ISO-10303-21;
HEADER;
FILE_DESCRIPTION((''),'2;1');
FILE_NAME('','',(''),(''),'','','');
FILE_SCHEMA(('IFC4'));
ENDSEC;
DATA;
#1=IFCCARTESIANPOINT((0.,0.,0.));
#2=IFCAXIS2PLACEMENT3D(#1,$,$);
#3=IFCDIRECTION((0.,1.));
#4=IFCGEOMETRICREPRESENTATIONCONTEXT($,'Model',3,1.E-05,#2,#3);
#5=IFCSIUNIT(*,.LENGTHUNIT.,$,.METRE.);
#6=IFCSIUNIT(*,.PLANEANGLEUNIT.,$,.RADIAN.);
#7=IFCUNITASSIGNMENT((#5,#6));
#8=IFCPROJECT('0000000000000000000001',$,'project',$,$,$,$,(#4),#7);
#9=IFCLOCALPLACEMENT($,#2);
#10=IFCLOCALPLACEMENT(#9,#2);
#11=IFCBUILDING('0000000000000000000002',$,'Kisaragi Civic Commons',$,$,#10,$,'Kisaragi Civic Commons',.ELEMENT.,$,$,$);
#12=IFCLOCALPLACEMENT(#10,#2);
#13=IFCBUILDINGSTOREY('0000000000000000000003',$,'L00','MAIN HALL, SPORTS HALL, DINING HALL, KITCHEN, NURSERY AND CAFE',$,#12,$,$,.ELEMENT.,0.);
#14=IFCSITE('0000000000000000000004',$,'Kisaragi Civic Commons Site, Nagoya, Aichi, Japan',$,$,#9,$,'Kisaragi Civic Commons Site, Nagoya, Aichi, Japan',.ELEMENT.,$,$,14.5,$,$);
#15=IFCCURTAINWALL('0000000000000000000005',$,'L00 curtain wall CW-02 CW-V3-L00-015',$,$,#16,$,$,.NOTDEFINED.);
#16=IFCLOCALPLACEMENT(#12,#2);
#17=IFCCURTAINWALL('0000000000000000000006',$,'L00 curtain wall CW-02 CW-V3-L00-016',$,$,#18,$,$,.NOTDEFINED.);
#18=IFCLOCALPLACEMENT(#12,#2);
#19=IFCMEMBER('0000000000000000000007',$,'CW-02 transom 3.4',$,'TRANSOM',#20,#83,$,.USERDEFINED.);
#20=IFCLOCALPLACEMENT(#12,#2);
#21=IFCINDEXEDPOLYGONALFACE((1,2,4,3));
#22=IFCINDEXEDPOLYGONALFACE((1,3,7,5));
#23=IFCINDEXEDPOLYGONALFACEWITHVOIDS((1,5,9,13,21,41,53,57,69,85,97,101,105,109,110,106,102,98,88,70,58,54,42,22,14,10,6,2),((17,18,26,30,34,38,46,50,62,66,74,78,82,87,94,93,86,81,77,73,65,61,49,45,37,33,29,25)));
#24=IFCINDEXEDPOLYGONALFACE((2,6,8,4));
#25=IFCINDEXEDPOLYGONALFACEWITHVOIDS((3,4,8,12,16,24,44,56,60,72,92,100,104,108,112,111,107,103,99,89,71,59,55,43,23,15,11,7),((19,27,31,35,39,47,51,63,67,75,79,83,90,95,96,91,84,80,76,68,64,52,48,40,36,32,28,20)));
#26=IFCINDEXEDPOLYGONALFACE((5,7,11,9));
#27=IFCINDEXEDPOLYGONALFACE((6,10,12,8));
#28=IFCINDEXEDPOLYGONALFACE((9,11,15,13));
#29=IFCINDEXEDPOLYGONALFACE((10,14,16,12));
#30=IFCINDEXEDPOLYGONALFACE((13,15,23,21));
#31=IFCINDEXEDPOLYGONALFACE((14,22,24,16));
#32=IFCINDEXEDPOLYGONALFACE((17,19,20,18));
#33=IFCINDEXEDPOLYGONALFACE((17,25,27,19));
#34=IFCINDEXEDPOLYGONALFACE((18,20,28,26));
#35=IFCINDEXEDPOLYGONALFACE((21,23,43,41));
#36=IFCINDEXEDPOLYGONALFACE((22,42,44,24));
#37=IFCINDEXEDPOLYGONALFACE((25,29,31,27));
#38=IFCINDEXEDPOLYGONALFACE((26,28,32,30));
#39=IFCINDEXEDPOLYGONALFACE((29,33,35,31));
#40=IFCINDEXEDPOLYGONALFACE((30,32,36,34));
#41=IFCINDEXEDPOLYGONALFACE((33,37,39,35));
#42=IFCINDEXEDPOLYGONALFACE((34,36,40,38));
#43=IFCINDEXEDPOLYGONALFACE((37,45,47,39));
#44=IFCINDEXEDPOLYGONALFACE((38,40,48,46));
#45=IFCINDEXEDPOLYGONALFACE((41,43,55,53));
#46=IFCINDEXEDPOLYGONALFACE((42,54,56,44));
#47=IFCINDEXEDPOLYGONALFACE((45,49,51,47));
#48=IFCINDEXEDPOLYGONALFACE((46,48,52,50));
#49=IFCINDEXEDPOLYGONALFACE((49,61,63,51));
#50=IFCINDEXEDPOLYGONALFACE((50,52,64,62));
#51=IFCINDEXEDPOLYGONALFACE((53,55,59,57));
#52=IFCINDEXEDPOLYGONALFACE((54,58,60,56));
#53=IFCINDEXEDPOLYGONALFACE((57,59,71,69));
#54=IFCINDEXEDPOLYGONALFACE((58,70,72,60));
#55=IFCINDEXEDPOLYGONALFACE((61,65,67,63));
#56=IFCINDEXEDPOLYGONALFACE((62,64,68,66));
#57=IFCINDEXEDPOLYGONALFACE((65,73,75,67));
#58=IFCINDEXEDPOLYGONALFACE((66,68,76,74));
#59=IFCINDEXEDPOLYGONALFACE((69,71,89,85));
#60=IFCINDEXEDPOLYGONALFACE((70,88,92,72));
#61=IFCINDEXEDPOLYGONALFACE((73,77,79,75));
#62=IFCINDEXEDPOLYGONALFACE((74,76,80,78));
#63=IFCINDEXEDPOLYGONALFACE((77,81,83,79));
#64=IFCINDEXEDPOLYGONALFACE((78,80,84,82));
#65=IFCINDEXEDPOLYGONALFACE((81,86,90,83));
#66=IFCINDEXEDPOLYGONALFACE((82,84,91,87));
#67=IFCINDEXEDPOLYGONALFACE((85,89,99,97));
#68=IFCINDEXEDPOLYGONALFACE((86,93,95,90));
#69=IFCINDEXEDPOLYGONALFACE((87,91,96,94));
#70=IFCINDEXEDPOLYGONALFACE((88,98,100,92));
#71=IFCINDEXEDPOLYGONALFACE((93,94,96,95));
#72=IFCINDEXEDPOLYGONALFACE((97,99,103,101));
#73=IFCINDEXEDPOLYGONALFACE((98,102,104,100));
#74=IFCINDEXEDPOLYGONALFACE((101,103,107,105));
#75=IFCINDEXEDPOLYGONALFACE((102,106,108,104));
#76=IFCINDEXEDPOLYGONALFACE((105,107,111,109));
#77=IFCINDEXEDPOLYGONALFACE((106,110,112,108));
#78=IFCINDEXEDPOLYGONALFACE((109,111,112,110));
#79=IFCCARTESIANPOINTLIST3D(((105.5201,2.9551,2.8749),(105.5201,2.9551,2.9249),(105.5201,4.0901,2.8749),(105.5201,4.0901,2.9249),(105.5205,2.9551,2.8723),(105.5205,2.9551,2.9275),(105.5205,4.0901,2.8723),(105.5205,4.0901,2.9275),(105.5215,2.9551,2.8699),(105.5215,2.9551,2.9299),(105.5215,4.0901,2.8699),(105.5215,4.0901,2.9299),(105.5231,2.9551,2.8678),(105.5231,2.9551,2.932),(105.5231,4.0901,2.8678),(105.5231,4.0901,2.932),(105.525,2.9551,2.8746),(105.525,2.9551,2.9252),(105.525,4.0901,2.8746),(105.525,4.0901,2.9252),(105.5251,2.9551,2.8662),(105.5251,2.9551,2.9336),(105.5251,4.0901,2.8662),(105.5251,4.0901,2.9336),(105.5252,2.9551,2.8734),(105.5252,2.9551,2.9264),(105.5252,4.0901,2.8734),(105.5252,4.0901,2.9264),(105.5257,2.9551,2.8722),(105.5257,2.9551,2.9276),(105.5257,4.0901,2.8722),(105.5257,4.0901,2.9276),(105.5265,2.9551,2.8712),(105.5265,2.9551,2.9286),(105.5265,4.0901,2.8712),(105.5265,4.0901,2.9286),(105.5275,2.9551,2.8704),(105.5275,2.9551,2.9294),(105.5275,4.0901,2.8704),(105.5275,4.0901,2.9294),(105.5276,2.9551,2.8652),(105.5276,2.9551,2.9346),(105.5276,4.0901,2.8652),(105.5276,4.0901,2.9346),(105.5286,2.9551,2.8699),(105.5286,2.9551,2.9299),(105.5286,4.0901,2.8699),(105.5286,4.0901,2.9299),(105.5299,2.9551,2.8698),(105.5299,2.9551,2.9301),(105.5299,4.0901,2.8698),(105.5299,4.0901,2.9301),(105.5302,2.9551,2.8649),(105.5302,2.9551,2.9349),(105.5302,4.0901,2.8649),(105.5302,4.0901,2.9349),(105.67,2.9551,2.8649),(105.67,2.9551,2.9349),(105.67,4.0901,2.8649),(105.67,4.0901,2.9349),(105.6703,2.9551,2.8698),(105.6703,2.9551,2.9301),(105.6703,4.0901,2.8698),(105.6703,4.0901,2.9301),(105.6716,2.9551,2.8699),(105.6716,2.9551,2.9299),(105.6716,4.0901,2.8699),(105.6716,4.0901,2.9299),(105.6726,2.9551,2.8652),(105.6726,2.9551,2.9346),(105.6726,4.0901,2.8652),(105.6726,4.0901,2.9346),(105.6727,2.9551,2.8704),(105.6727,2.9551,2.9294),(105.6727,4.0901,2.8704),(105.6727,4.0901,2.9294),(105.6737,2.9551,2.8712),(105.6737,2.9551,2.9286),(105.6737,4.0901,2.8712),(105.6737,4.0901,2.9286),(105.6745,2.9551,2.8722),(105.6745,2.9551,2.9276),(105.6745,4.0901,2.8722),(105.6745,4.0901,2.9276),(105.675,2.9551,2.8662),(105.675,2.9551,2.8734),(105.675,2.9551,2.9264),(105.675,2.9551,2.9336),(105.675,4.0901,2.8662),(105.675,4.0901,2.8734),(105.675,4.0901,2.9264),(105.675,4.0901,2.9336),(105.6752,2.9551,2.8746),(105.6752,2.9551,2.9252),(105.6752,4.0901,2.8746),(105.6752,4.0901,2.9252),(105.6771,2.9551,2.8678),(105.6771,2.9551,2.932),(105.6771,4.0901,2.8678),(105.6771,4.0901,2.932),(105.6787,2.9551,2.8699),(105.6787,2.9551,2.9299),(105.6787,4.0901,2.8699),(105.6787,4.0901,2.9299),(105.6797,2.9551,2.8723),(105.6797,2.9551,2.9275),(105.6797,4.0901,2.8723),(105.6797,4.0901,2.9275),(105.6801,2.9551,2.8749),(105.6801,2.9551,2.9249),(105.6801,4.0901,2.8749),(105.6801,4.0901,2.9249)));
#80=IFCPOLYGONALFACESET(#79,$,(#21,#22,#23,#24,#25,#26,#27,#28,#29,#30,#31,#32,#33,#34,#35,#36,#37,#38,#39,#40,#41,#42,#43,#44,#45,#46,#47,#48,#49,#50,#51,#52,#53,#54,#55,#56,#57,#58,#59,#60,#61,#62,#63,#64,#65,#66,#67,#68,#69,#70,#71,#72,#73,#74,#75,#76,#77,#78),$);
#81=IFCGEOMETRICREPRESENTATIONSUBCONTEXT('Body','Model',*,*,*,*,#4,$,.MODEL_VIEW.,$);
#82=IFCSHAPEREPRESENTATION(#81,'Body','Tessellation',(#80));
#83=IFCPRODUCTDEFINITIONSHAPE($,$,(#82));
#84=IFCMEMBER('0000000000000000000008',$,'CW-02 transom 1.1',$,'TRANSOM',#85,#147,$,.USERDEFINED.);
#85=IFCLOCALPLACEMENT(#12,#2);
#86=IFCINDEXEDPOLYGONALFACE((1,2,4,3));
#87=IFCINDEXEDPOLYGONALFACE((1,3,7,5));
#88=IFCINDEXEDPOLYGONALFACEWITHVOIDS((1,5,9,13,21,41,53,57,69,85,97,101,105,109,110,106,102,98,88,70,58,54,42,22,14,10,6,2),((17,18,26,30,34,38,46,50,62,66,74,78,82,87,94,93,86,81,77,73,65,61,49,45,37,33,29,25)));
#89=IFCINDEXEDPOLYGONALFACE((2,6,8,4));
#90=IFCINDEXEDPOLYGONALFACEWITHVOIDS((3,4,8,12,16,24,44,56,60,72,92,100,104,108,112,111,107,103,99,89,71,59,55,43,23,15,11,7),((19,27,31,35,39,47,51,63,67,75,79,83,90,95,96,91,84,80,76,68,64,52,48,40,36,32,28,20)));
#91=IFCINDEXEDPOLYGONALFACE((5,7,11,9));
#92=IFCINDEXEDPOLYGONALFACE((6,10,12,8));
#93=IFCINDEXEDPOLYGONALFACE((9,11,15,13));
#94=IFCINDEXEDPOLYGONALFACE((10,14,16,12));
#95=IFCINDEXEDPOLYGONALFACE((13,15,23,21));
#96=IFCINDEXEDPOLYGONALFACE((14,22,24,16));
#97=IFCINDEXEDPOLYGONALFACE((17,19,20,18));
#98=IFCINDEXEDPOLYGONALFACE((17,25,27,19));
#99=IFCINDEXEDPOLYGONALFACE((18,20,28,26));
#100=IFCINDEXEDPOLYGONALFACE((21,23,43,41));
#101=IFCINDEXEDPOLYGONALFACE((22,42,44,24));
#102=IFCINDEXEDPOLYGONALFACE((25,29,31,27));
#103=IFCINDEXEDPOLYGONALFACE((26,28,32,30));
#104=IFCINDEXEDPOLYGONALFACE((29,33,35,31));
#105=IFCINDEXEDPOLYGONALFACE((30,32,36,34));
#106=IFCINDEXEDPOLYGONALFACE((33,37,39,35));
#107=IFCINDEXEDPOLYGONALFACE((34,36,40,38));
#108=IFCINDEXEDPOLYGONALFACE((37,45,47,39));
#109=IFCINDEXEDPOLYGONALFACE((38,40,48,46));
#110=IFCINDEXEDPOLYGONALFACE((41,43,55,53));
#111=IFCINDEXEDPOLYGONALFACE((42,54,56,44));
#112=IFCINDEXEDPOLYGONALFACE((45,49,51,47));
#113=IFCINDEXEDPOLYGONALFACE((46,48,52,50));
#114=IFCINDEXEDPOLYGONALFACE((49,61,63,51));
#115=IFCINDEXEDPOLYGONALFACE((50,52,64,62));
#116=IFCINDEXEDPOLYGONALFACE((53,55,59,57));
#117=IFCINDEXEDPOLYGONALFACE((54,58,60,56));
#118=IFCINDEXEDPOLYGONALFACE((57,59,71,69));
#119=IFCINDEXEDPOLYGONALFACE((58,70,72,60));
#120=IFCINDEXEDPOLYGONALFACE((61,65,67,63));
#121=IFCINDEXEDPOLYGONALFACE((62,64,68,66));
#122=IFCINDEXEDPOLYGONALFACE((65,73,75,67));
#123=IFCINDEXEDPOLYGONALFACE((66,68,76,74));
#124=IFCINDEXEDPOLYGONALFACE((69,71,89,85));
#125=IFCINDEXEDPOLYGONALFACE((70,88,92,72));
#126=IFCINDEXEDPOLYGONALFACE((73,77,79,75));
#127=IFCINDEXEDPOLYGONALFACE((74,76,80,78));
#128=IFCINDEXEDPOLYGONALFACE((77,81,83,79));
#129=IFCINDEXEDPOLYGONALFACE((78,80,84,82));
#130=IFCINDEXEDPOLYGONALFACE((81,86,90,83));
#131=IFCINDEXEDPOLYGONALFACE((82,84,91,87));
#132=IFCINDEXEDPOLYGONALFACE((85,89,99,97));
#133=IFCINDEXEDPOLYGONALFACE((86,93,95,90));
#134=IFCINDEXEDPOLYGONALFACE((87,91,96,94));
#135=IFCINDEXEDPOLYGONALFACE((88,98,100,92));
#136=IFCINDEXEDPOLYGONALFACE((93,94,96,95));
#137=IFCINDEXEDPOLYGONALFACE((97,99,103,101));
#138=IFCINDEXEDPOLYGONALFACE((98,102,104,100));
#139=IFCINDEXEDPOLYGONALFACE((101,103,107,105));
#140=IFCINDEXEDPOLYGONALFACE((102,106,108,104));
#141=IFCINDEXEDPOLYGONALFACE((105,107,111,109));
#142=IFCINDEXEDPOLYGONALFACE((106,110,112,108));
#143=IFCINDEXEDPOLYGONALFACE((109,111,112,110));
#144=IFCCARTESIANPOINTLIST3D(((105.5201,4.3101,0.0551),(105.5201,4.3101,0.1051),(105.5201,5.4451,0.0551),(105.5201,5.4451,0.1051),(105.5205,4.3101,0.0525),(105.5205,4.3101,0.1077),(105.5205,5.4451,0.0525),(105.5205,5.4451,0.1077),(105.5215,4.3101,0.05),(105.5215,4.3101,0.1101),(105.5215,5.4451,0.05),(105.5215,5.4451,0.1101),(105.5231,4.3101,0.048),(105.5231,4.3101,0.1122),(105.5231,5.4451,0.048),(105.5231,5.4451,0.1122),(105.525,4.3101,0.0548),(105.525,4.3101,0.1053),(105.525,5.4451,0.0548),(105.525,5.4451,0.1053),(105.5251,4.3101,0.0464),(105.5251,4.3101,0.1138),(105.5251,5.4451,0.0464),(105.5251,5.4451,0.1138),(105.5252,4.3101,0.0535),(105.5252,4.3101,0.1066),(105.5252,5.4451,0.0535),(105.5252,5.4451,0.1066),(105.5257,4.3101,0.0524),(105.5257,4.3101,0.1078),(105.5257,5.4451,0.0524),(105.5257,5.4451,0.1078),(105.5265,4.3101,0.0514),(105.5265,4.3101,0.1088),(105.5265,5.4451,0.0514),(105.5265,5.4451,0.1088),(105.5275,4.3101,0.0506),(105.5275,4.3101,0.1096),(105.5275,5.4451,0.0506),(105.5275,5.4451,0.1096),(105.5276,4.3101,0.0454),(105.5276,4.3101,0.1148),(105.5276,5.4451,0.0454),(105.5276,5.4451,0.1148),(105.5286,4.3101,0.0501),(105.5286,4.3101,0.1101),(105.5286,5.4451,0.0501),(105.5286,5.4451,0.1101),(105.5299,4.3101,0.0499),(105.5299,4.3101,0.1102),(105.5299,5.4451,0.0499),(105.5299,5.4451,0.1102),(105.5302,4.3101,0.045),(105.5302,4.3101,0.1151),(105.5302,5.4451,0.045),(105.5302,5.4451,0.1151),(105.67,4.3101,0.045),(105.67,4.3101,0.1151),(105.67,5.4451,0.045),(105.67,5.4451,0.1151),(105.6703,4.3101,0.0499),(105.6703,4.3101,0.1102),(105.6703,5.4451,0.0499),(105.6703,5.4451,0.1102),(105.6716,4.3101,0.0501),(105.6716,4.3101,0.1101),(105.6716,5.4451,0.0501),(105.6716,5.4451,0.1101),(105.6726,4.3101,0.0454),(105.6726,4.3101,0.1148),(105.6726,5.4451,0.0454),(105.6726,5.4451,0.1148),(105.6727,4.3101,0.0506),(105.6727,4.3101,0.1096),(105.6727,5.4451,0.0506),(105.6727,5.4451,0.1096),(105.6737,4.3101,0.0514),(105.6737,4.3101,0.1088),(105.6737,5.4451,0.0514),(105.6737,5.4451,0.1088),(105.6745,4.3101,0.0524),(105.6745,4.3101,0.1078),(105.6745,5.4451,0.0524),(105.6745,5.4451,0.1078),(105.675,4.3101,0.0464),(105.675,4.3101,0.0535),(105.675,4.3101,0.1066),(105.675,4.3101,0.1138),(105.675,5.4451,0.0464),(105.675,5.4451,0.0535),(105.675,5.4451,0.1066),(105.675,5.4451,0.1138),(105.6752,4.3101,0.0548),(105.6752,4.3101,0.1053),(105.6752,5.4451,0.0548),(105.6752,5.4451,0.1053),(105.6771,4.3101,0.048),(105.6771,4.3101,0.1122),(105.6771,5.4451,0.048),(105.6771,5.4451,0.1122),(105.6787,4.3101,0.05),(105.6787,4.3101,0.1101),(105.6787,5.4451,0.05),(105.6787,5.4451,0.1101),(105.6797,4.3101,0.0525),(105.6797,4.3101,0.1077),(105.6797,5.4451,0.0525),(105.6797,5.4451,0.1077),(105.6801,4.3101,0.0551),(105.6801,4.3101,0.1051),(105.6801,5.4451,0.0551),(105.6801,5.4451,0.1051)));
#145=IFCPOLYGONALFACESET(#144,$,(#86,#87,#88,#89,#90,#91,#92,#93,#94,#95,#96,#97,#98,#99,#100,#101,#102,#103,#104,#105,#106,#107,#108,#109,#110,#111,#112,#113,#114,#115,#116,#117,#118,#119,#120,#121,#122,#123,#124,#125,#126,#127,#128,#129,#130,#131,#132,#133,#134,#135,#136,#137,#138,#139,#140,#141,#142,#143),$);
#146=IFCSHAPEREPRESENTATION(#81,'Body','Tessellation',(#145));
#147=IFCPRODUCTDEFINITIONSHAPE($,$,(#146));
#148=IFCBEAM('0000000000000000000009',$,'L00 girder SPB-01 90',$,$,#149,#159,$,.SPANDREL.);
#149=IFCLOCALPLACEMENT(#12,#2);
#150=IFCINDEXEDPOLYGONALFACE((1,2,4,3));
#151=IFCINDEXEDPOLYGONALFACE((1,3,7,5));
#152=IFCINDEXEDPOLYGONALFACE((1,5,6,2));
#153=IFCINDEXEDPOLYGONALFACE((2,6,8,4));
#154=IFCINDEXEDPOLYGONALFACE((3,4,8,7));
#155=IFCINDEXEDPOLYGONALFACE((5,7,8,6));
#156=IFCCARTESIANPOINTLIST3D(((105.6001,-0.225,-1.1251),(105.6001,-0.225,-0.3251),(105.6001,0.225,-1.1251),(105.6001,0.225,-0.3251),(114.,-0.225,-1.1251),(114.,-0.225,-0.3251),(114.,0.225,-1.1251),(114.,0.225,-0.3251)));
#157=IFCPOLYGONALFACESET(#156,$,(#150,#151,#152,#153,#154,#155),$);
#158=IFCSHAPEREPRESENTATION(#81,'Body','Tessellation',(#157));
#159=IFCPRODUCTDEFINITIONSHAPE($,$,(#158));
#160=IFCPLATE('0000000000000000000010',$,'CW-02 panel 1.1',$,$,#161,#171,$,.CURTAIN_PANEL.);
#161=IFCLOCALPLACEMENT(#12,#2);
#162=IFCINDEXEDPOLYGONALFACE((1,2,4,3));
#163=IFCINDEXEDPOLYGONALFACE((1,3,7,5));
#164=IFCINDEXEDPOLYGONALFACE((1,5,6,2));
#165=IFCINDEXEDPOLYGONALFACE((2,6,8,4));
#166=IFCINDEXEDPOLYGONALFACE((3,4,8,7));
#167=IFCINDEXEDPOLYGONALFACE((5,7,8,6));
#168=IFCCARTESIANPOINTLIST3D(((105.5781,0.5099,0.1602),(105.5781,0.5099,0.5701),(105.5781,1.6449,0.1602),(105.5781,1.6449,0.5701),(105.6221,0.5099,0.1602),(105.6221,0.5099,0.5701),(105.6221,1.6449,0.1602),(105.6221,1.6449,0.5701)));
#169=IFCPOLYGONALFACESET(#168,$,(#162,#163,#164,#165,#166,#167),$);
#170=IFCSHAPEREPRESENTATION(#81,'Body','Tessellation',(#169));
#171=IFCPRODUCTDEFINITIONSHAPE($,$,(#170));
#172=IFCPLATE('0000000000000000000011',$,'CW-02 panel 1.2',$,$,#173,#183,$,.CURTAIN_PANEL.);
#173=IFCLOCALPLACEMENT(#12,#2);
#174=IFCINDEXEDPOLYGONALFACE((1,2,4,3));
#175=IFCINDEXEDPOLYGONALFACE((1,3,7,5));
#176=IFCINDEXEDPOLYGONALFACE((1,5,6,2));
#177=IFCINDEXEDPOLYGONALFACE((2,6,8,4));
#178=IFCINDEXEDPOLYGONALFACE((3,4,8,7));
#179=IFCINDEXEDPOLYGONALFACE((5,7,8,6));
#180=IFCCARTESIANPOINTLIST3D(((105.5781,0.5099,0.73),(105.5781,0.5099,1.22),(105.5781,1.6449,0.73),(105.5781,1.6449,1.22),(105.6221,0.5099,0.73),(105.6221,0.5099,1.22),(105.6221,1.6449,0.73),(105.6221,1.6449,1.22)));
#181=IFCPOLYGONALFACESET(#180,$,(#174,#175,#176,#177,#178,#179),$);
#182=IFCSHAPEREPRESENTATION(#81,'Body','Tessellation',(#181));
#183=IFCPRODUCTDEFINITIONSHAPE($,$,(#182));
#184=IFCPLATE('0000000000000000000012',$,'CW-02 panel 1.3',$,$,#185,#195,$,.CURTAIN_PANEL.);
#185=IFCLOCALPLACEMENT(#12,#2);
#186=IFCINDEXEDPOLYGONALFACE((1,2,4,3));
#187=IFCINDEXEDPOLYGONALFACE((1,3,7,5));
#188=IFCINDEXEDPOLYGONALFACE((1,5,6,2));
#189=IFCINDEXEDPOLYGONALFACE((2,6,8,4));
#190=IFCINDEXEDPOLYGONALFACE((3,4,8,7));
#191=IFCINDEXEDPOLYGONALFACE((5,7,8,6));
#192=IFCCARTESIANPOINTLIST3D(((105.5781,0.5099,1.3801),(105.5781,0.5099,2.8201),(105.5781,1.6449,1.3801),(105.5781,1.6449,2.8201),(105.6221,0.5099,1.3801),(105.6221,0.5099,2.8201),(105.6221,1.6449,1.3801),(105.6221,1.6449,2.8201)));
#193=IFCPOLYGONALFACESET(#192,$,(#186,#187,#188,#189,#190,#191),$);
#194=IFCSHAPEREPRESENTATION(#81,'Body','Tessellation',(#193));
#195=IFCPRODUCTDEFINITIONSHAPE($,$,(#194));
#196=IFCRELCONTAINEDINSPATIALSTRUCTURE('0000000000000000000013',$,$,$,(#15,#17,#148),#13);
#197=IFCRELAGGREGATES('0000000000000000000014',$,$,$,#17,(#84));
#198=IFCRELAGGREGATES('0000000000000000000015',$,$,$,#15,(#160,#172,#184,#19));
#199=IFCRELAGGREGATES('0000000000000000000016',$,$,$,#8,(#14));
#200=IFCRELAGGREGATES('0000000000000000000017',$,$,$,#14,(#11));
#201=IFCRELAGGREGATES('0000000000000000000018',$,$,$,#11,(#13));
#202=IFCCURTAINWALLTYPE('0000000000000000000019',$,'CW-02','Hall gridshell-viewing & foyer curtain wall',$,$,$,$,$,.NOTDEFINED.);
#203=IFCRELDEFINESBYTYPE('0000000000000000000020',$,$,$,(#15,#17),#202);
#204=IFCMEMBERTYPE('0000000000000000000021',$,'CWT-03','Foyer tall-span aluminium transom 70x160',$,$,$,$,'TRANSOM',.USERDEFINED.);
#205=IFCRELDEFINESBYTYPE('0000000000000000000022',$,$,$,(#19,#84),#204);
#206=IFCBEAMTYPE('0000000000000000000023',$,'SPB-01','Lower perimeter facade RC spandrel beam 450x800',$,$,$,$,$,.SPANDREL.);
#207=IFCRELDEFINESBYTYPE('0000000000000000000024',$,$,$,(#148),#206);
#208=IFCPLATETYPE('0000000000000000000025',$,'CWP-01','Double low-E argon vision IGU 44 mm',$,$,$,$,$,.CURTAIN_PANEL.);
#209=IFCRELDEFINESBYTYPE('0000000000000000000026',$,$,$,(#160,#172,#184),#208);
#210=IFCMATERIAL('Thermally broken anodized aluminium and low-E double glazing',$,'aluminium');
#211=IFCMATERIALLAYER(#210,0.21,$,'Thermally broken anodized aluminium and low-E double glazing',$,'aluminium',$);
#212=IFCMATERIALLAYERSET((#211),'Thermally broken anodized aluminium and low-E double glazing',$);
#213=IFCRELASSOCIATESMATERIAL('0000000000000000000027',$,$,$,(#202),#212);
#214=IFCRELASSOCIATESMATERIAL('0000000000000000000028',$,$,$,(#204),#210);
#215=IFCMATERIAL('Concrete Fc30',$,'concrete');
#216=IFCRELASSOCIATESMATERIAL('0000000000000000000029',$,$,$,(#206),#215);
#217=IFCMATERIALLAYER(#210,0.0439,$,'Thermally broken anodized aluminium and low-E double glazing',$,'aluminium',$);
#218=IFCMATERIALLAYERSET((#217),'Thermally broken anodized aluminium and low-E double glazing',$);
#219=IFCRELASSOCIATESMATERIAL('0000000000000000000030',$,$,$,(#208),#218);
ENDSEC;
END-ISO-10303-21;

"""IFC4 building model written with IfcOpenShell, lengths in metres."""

from ifc_helpers import new_model, si_unit, direction, frame, origin, origin_2d, place, context, subcontext, project, spatial, rectangle, hollow_rectangle, extrude, material, layer, layer_set, material_profile, profile_set, type_object, element, aggregate, save


model = new_model("IFC4")

# Units and contexts
model_context = context("Model", 3, precision=1e-05, world=origin(), true_north=direction((0.0, 1.0)))
body_context = subcontext(model_context, "Body", "Model", "MODEL_VIEW")
ifc_project = project(units=[si_unit("LENGTHUNIT", "METRE"), si_unit("PLANEANGLEUNIT", "RADIAN")], contexts=[model_context])

# Site, building, storey
site_placement = place(None, origin())
site = spatial("IfcSite", under=ifc_project, at=site_placement, Name="Kisaragi Civic Commons Site, Nagoya, Aichi, Japan", LongName="Kisaragi Civic Commons Site, Nagoya, Aichi, Japan", CompositionType="ELEMENT", RefElevation=14.5)
building_placement = place(site_placement, origin())
building = spatial("IfcBuilding", under=site, at=building_placement, Name="Kisaragi Civic Commons", LongName="Kisaragi Civic Commons", CompositionType="ELEMENT")
storey_placement = place(building_placement, origin())
storey = spatial("IfcBuildingStorey", under=building, at=storey_placement, Name="L00", Description="MAIN HALL, SPORTS HALL, DINING HALL, KITCHEN, NURSERY AND CAFE", CompositionType="ELEMENT", Elevation=0.0)

# Curtain wall
ifc_material_1 = material(Name="Thermally broken anodized aluminium and low-E double glazing", Category="aluminium")
ifc_layer_1 = layer(ifc_material_1, 0.21, Name="Thermally broken anodized aluminium and low-E double glazing", Category="aluminium")
ifc_layer_set_1 = layer_set([ifc_layer_1], Name="Thermally broken anodized aluminium and low-E double glazing")
curtain_wall_type = type_object("IfcCurtainWallType", Name="CW-02", Description="Hall gridshell-viewing & foyer curtain wall", PredefinedType="NOTDEFINED", material=ifc_layer_set_1)
curtain_wall_1_placement = place(storey_placement, origin())
curtain_wall_1 = element("IfcCurtainWall", 1, at=curtain_wall_1_placement, inside=storey, type_object=curtain_wall_type, Name="L00 curtain wall CW-02 CW-V3-L00-015", PredefinedType="NOTDEFINED")

# Curtain wall
curtain_wall_2_placement = place(storey_placement, origin())
curtain_wall_2 = element("IfcCurtainWall", 2, at=curtain_wall_2_placement, inside=storey, type_object=curtain_wall_type, Name="L00 curtain wall CW-02 CW-V3-L00-016", PredefinedType="NOTDEFINED")

# Members
ifc_material_profile_1 = material_profile(ifc_material_1, hollow_rectangle(XDim=0.1599, YDim=0.0701, WallThickness=0.0049, InnerFilletRadius=0.0049, OuterFilletRadius=0.01, at=origin_2d()), Name="CWT-70x160x5", Category="aluminium")
ifc_profile_set_1 = profile_set([ifc_material_profile_1], Name="Thermally broken anodized aluminium and low-E double glazing")
member_type_1 = type_object("IfcMemberType", Name="CWT-03", Description="Foyer tall-span aluminium transom 70x160", ElementType="TRANSOM", PredefinedType="USERDEFINED", material=ifc_profile_set_1)
member_1_placement = place(storey_placement, frame((105.6001, 2.9551, 2.8999), z_axis=(0.0, 1.0, 0.0), x_axis=(-1.0, 0.0, 0.0)))
member_1 = element("IfcMember", 3, at=member_1_placement, type_object=member_type_1, Name="CW-02 transom 3.4", ObjectType="TRANSOM", PredefinedType="USERDEFINED", context=body_context, shape_type="SweptSolid", body=[
    extrude(hollow_rectangle(XDim=0.1599, YDim=0.0701, WallThickness=0.0049, InnerFilletRadius=0.0049, OuterFilletRadius=0.01, at=origin_2d()), origin(), (0.0, 0.0, 1.0), 1.135),
])
member_2_placement = place(storey_placement, frame((105.6001, 4.3101, 0.0801), z_axis=(0.0, 1.0, 0.0), x_axis=(-1.0, 0.0, 0.0)))
member_2 = element("IfcMember", 4, at=member_2_placement, type_object=member_type_1, Name="CW-02 transom 1.1", ObjectType="TRANSOM", PredefinedType="USERDEFINED", context=body_context, shape_type="SweptSolid", body=[
    extrude(hollow_rectangle(XDim=0.1599, YDim=0.0701, WallThickness=0.0049, InnerFilletRadius=0.0049, OuterFilletRadius=0.01, at=origin_2d()), origin(), (0.0, 0.0, 1.0), 1.135),
])
aggregate(curtain_wall_2, [member_2])

# Beam
ifc_material_2 = material(Name="Concrete Fc30", Category="concrete")
ifc_material_profile_2 = material_profile(ifc_material_2, rectangle(XDim=0.45, YDim=0.8, at=origin_2d()), Name="RC-450x800", Category="concrete")
ifc_profile_set_2 = profile_set([ifc_material_profile_2], Name="Concrete Fc30")
beam_type = type_object("IfcBeamType", Name="SPB-01", Description="Lower perimeter facade RC spandrel beam 450x800", PredefinedType="SPANDREL", material=ifc_profile_set_2)
beam_placement = place(storey_placement, frame((105.6001, 0.0, -0.7251), z_axis=(1.0, 0.0, 0.0), x_axis=(0.0, 1.0, 0.0)))
element("IfcBeam", 5, at=beam_placement, inside=storey, type_object=beam_type, Name="L00 girder SPB-01 90", PredefinedType="SPANDREL", context=body_context, shape_type="SweptSolid", body=[
    extrude(rectangle(XDim=0.45, YDim=0.8, at=origin_2d()), origin(), (0.0, 0.0, 1.0), 8.3999),
])

# Plates
ifc_layer_2 = layer(ifc_material_1, 0.0439, Name="Thermally broken anodized aluminium and low-E double glazing", Category="aluminium")
ifc_layer_set_2 = layer_set([ifc_layer_2], Name="Thermally broken anodized aluminium and low-E double glazing")
plate_type = type_object("IfcPlateType", Name="CWP-01", Description="Double low-E argon vision IGU 44 mm", PredefinedType="CURTAIN_PANEL", material=ifc_layer_set_2)
plate_1_placement = place(storey_placement, frame((105.6001, 1.0774, 0.1602), z_axis=(0.0, 0.0, 1.0), x_axis=(0.0, 1.0, 0.0)))
plate_1 = element("IfcPlate", 6, at=plate_1_placement, type_object=plate_type, Name="CW-02 panel 1.1", PredefinedType="CURTAIN_PANEL", context=body_context, shape_type="SweptSolid", body=[
    extrude(rectangle(XDim=1.135, YDim=0.0439, at=origin_2d()), origin(), (0.0, 0.0, 1.0), 0.4099),
])
plate_2_placement = place(storey_placement, frame((105.6001, 1.0774, 0.73), z_axis=(0.0, 0.0, 1.0), x_axis=(0.0, 1.0, 0.0)))
plate_2 = element("IfcPlate", 7, at=plate_2_placement, type_object=plate_type, Name="CW-02 panel 1.2", PredefinedType="CURTAIN_PANEL", context=body_context, shape_type="SweptSolid", body=[
    extrude(rectangle(XDim=1.135, YDim=0.0439, at=origin_2d()), origin(), (0.0, 0.0, 1.0), 0.49),
])
plate_3_placement = place(storey_placement, frame((105.6001, 1.0774, 1.3801), z_axis=(0.0, 0.0, 1.0), x_axis=(0.0, 1.0, 0.0)))
plate_3 = element("IfcPlate", 8, at=plate_3_placement, type_object=plate_type, Name="CW-02 panel 1.3", PredefinedType="CURTAIN_PANEL", context=body_context, shape_type="SweptSolid", body=[
    extrude(rectangle(XDim=1.135, YDim=0.0439, at=origin_2d()), origin(), (0.0, 0.0, 1.0), 1.4399),
])
aggregate(curtain_wall_1, [plate_1, plate_2, plate_3, member_1])

save(model, "model.ifc")
